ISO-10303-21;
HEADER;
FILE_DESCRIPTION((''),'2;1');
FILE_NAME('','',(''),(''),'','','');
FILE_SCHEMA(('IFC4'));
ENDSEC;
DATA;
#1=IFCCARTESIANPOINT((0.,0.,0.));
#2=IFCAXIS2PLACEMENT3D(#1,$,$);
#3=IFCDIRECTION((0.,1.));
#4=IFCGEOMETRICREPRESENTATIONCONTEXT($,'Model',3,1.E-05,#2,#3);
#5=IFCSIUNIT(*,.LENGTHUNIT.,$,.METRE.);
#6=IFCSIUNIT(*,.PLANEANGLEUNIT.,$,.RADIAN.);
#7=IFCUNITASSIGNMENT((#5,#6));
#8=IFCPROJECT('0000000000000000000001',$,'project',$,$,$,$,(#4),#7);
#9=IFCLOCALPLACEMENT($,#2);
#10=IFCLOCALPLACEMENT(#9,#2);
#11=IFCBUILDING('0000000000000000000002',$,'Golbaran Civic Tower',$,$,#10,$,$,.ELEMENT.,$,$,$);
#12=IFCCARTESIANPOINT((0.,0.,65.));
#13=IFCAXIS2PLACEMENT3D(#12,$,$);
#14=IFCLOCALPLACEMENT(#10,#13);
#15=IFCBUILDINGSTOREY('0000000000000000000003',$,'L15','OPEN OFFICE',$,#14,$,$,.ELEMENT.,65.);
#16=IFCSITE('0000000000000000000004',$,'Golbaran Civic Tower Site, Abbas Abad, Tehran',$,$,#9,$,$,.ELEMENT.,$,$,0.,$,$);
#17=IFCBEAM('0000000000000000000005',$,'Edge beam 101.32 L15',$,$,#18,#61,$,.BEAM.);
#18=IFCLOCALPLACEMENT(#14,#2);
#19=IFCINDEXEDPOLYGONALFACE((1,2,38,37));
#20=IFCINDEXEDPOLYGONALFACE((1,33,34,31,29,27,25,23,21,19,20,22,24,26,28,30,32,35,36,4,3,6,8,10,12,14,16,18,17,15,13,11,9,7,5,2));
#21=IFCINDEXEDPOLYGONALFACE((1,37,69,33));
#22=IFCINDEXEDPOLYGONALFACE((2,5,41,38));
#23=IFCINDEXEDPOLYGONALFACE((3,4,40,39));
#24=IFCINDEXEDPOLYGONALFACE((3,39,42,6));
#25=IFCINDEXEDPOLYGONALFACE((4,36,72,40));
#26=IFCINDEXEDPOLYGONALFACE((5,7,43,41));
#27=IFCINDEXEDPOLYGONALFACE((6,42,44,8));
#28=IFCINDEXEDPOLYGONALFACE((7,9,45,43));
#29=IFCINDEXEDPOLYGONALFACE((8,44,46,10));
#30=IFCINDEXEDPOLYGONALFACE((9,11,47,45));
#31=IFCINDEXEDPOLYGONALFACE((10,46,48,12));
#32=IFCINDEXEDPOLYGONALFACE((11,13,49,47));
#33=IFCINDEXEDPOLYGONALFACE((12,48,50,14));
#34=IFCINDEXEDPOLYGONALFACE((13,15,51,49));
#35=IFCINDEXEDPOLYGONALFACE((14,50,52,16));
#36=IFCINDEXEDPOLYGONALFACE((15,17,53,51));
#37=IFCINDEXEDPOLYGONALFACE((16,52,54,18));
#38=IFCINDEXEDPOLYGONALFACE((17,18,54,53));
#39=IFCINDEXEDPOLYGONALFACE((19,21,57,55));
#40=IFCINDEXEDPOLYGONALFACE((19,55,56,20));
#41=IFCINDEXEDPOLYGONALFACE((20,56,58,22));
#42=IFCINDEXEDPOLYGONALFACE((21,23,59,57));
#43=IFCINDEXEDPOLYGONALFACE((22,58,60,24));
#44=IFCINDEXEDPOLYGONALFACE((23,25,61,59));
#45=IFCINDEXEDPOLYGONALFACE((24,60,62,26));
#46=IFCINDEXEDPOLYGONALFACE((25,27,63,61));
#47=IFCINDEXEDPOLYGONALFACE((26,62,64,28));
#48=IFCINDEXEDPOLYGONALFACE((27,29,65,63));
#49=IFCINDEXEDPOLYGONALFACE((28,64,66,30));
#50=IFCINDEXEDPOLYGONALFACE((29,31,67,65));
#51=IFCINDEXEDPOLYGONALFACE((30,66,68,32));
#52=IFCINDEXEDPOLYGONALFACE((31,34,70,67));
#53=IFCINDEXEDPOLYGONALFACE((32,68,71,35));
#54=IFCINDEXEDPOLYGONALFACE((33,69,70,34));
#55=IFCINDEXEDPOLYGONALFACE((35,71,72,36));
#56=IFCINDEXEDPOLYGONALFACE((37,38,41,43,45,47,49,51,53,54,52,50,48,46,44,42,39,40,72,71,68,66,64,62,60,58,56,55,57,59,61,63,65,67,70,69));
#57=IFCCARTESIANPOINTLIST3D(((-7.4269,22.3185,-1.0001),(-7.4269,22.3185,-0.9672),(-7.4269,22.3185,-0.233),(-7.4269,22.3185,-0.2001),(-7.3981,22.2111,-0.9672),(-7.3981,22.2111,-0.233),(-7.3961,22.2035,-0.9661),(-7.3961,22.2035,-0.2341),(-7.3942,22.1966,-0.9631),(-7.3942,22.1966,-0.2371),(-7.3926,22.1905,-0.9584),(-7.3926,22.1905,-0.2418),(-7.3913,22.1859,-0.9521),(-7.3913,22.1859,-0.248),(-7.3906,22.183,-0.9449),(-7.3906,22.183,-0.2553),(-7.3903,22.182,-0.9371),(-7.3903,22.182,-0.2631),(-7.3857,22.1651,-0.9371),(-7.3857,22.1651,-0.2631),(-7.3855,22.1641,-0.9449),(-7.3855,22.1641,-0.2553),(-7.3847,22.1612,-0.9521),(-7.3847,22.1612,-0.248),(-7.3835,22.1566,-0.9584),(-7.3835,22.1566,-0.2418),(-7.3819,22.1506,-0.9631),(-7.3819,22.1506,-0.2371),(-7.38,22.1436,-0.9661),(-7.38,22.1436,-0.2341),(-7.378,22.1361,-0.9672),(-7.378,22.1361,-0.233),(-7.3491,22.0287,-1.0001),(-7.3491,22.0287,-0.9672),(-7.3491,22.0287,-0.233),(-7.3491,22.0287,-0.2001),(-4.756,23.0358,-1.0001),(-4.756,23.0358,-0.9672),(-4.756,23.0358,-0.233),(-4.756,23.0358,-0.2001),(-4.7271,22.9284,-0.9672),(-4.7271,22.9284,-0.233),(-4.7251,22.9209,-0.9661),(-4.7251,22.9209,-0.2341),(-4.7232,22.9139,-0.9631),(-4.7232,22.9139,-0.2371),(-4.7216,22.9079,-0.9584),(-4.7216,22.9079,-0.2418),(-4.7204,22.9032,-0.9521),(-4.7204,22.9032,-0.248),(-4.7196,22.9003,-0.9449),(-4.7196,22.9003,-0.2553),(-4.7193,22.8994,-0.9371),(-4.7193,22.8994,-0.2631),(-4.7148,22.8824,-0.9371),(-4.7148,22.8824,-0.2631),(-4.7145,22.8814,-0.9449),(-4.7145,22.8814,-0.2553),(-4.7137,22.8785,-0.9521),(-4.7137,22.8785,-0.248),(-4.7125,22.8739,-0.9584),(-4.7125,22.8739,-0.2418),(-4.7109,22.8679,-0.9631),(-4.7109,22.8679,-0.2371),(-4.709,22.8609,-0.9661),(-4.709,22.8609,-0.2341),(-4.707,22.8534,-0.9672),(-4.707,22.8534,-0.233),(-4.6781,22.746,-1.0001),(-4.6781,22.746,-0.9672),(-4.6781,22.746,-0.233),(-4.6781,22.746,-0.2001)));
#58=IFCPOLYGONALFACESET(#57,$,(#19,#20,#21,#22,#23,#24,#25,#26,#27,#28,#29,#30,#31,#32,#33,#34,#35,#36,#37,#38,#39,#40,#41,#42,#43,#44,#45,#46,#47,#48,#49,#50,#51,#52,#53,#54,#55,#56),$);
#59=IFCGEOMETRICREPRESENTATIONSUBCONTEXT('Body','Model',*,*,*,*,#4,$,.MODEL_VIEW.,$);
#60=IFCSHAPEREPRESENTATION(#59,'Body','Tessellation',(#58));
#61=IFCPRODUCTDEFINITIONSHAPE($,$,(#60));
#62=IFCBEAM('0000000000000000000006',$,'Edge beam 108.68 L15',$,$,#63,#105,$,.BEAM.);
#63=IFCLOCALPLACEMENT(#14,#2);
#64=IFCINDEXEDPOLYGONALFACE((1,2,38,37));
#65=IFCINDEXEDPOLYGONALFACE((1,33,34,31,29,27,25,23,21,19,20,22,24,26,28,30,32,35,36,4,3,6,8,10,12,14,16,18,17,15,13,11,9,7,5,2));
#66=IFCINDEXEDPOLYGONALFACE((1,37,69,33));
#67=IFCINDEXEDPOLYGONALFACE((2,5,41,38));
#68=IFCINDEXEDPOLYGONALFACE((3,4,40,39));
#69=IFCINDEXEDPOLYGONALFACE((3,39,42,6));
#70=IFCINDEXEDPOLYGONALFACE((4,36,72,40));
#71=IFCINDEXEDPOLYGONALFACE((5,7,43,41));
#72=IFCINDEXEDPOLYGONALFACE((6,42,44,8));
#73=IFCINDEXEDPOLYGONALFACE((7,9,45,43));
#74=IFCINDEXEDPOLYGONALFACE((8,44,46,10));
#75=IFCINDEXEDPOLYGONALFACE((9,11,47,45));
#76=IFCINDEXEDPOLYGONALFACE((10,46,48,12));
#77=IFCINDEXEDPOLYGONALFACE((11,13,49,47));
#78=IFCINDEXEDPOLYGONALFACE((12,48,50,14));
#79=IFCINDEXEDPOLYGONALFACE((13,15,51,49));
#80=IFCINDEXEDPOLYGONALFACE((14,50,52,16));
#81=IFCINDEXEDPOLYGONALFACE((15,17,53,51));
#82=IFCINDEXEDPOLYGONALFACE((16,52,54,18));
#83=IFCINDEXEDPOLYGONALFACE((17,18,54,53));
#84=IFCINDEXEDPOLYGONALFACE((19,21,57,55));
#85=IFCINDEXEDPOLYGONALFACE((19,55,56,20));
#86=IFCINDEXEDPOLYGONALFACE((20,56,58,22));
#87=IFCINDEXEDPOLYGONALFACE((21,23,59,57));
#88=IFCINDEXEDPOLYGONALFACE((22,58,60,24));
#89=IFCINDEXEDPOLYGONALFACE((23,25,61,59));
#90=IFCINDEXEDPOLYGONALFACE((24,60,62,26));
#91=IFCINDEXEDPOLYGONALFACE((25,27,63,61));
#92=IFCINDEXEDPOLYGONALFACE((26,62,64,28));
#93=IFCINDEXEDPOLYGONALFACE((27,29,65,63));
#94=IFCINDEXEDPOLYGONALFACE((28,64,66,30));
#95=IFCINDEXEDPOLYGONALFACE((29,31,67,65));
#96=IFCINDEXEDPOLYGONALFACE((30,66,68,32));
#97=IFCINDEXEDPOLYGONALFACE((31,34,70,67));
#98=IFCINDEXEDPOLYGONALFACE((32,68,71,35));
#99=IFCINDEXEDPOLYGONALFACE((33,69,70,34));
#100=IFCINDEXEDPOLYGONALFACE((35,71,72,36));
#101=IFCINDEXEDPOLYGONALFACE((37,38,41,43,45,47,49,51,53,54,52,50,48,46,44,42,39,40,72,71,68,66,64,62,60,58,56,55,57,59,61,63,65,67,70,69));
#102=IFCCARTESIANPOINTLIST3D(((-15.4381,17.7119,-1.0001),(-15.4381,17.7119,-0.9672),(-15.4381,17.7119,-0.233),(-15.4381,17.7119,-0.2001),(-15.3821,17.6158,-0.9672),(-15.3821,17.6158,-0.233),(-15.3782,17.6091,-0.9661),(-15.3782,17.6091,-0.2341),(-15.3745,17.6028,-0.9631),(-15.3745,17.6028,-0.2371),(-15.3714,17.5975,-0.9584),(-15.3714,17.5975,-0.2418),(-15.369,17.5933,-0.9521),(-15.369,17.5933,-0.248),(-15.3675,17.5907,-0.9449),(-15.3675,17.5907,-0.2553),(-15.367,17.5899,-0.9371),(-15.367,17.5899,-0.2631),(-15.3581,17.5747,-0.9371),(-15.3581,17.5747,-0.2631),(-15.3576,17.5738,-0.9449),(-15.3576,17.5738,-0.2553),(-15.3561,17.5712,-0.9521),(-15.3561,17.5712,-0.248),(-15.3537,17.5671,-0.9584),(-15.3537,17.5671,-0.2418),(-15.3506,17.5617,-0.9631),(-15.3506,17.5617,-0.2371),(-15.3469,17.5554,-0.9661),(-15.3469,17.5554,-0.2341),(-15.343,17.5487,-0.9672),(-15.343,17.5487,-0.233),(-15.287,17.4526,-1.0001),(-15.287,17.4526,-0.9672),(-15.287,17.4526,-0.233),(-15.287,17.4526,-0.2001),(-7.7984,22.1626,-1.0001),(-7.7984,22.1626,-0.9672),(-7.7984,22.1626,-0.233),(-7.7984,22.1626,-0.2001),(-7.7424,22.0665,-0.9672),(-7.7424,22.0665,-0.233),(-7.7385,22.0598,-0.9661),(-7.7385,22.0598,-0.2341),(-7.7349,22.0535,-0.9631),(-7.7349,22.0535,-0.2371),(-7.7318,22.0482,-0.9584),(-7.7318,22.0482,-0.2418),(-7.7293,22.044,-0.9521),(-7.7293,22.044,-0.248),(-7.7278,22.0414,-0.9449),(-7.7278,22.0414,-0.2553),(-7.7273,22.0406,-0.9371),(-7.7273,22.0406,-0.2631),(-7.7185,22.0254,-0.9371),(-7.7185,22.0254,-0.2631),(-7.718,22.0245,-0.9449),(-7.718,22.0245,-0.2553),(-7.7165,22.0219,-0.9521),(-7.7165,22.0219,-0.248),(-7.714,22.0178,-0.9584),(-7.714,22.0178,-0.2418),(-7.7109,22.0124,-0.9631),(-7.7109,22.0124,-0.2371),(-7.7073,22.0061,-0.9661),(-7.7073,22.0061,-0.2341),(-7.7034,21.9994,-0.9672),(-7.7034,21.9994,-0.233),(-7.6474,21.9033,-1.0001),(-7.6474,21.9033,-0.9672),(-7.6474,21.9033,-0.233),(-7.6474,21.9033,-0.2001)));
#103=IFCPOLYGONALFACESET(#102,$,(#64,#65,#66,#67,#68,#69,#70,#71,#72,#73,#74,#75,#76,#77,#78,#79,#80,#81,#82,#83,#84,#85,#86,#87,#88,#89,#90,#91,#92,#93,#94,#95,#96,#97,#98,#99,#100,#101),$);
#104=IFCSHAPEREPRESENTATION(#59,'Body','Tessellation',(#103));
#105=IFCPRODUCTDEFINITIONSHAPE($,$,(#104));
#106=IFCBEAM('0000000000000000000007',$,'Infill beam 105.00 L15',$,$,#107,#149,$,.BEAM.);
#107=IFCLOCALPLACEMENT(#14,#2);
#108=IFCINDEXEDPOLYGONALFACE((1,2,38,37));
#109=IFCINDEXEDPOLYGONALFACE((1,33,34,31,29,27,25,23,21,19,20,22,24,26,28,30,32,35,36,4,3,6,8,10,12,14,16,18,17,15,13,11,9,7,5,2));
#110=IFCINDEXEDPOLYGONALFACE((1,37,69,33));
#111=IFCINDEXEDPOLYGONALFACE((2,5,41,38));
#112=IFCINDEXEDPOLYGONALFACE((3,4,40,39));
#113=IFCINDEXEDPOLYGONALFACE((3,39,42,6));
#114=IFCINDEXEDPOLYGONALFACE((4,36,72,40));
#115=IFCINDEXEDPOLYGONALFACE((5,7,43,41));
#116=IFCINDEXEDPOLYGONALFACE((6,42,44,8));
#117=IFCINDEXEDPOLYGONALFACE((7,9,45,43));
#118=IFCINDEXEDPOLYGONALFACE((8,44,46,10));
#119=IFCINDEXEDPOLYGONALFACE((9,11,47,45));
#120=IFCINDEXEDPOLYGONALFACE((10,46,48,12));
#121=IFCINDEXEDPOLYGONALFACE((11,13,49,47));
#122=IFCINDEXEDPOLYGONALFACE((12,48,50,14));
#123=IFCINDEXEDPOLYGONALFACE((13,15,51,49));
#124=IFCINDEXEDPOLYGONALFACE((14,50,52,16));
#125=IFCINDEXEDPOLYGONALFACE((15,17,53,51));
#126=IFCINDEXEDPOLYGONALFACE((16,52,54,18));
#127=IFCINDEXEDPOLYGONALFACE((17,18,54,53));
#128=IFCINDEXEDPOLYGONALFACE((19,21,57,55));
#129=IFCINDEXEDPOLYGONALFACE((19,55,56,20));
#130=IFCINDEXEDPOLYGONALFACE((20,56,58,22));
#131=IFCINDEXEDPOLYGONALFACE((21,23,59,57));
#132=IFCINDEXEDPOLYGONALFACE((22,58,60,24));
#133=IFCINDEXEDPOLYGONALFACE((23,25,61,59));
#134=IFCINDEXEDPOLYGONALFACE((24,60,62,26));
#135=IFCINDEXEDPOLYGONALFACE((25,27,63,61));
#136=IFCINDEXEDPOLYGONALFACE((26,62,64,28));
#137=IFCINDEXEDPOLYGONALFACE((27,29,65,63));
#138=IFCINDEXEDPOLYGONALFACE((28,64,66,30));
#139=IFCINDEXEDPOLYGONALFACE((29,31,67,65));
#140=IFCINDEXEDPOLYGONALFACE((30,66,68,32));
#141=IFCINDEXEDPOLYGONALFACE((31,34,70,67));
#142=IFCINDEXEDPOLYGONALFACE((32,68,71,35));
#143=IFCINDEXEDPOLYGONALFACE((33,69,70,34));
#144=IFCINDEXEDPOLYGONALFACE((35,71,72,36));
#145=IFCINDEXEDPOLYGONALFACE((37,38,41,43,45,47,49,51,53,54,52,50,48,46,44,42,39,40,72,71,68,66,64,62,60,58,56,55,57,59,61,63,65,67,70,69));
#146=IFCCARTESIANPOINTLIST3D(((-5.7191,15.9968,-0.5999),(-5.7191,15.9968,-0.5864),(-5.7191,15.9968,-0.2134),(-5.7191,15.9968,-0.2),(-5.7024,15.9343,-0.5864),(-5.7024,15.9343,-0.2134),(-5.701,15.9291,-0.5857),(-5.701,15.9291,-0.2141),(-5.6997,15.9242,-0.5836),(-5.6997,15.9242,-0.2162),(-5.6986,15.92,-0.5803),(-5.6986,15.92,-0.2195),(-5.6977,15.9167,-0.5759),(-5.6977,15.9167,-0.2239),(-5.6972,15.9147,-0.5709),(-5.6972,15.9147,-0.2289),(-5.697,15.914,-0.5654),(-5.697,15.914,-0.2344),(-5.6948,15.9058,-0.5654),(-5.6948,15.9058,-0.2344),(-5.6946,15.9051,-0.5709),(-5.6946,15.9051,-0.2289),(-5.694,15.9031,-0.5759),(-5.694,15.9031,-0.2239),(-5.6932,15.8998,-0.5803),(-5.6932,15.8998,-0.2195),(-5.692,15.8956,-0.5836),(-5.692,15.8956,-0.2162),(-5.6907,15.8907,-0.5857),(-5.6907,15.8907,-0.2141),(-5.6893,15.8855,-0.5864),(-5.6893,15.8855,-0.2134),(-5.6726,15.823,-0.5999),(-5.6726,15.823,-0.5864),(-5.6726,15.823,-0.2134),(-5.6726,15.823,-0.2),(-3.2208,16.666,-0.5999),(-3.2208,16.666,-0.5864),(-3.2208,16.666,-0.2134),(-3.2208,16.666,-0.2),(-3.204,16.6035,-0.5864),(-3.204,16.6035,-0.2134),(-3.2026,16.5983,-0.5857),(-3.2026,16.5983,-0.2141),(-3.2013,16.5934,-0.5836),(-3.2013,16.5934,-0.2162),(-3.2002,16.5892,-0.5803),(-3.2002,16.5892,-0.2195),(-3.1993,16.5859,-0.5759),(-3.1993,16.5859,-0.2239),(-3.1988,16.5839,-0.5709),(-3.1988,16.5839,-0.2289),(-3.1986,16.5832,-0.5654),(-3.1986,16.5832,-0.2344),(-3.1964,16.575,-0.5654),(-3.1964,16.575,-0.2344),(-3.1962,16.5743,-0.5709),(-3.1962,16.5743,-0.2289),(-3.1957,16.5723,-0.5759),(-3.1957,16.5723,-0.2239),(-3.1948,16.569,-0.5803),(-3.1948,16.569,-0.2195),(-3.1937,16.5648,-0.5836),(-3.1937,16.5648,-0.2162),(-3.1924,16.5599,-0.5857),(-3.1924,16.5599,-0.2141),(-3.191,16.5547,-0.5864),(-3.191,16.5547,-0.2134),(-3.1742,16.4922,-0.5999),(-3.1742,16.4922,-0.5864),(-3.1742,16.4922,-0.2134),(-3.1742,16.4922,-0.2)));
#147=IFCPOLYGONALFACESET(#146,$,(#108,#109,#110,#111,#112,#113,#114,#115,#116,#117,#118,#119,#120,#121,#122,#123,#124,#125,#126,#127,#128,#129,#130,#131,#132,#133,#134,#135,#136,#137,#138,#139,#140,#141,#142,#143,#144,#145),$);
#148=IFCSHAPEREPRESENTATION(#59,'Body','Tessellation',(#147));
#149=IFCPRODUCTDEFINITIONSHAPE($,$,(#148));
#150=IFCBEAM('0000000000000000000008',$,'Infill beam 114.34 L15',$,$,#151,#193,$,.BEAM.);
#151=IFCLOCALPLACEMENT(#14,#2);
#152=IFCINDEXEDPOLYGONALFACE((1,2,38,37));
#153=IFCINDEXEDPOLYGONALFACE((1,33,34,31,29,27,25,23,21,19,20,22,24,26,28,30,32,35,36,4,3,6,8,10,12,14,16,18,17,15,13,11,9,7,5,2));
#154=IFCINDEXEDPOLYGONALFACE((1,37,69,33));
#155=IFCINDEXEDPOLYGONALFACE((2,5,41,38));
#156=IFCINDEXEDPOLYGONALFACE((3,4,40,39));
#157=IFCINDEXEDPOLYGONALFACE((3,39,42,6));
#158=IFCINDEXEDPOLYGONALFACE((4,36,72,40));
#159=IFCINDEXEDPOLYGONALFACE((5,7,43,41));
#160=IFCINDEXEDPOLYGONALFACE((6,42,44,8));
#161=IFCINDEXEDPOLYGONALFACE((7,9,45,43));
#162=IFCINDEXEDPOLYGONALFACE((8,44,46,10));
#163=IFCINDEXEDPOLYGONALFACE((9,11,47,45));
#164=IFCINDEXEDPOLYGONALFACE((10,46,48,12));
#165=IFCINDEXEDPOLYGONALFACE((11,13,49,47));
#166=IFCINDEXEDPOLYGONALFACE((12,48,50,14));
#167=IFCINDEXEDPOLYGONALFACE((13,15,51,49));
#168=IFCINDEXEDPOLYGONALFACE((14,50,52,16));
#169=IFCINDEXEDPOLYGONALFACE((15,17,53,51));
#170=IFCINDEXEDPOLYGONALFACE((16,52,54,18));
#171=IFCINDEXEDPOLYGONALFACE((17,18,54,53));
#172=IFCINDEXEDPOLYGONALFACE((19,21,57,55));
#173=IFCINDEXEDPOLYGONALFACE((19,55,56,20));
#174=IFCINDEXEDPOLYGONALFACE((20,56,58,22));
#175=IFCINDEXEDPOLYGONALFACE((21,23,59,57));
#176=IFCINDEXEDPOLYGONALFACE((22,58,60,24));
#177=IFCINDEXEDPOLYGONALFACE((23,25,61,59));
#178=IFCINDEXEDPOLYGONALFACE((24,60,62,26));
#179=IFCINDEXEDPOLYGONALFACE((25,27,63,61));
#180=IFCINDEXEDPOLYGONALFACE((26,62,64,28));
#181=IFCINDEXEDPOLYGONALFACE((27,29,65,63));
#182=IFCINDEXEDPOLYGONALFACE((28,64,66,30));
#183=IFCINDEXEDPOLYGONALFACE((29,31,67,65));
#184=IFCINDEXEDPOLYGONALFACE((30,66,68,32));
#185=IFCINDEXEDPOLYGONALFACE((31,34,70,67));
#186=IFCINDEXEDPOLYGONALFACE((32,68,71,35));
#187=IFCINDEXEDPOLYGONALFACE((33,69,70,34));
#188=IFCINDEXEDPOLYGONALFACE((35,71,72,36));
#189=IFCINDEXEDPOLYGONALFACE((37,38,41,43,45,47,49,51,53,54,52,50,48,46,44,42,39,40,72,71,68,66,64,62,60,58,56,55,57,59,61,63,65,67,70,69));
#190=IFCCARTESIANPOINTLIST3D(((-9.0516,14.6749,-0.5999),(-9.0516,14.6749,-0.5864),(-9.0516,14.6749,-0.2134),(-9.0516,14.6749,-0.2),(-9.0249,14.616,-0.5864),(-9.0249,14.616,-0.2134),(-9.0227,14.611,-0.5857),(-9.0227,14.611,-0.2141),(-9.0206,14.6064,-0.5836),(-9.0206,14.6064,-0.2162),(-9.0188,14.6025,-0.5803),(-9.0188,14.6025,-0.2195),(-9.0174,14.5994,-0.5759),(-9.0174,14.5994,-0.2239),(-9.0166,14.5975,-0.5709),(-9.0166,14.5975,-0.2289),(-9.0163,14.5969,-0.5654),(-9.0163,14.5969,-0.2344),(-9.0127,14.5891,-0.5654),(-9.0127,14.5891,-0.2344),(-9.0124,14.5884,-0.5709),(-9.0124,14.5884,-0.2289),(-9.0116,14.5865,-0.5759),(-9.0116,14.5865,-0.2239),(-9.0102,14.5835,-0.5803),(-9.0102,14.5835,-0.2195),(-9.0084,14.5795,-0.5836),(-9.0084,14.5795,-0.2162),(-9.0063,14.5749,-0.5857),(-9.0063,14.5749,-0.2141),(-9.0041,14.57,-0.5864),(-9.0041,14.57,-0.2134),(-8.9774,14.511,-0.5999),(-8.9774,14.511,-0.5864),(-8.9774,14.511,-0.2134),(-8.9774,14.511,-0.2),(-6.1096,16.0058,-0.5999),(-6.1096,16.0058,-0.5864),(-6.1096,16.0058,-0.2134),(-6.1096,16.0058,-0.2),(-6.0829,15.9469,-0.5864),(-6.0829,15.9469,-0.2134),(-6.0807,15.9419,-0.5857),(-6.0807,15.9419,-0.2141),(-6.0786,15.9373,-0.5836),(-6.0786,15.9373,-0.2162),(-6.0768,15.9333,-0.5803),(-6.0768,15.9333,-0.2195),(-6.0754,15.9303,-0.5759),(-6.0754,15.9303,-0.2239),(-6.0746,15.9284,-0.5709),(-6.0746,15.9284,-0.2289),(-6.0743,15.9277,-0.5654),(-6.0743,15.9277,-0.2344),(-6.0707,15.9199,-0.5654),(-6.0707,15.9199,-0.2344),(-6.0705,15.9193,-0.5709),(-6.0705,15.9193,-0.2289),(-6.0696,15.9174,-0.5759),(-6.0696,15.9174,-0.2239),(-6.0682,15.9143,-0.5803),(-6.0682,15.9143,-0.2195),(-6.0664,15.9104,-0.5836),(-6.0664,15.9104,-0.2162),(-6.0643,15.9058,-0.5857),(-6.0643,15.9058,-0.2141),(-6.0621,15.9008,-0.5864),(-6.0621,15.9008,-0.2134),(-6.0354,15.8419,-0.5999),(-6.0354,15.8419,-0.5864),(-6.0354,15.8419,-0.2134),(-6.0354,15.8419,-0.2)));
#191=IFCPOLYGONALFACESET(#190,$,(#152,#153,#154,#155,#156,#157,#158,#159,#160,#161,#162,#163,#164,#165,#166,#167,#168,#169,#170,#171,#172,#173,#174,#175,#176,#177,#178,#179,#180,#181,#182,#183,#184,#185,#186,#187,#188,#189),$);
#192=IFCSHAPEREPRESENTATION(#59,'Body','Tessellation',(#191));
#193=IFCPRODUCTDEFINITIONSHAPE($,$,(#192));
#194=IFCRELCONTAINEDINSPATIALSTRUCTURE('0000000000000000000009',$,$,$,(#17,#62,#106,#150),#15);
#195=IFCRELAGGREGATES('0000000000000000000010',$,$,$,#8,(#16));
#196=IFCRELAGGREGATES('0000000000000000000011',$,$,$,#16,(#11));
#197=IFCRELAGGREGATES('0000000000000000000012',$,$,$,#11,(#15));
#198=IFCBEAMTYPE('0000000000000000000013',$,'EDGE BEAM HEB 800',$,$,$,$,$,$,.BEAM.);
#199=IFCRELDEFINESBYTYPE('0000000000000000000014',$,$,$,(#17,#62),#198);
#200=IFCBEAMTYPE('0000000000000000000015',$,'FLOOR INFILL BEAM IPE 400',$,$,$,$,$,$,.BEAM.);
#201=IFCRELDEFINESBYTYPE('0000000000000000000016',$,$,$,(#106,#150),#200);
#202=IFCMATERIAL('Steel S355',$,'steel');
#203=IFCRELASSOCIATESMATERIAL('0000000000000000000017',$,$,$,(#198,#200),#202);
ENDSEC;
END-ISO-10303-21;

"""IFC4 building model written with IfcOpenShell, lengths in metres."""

from ifc_helpers import new_model, si_unit, direction, frame, origin, origin_2d, place, context, subcontext, project, spatial, i_section, extrude, material, material_profile, profile_set, type_object, element, save


model = new_model("IFC4")

# Units and contexts
model_context = context("Model", 3, precision=1e-05, world=origin(), true_north=direction((0.0, 1.0)))
body_context = subcontext(model_context, "Body", "Model", "MODEL_VIEW")
ifc_project = project(units=[si_unit("LENGTHUNIT", "METRE"), si_unit("PLANEANGLEUNIT", "RADIAN")], contexts=[model_context])

# Site, building, storey
site_placement = place(None, origin())
site = spatial("IfcSite", under=ifc_project, at=site_placement, Name="Golbaran Civic Tower Site, Abbas Abad, Tehran", CompositionType="ELEMENT", RefElevation=0.0)
building_placement = place(site_placement, origin())
building = spatial("IfcBuilding", under=site, at=building_placement, Name="Golbaran Civic Tower", CompositionType="ELEMENT")
storey_placement = place(building_placement, frame((0.0, 0.0, 65.0)))
storey = spatial("IfcBuildingStorey", under=building, at=storey_placement, Name="L15", Description="OPEN OFFICE", CompositionType="ELEMENT", Elevation=65.0)

# Beams
ifc_material_1 = material(Name="Steel S355", Category="steel")
ifc_material_profile_1 = material_profile(ifc_material_1, i_section(OverallWidth=0.3, OverallDepth=0.8, WebThickness=0.0176, FlangeThickness=0.033, FilletRadius=0.03, at=origin_2d()), Name="HEB 800")
ifc_profile_set_1 = profile_set([ifc_material_profile_1], Name="Steel S355")
beam_type_1 = type_object("IfcBeamType", Name="EDGE BEAM HEB 800", PredefinedType="BEAM", material=ifc_profile_set_1)
beam_1_placement = place(storey_placement, frame((-4.717, 22.8909, -0.6001), z_axis=(-0.965779, -0.259366, 0.0), x_axis=(0.259366, -0.965779, 0.0)))
element("IfcBeam", 1, at=beam_1_placement, inside=storey, type_object=beam_type_1, Name="Edge beam 101.32 L15", PredefinedType="BEAM", context=body_context, shape_type="SweptSolid", body=[
    extrude(i_section(OverallWidth=0.3, OverallDepth=0.8, WebThickness=0.0176, FlangeThickness=0.033, FilletRadius=0.03, at=origin_2d()), origin(), (0.0, 0.0, 1.0), 2.7656),
])
beam_2_placement = place(storey_placement, frame((-7.7229, 22.033, -0.6001), z_axis=(-0.864063, -0.503383, 0.0), x_axis=(0.503383, -0.864063, 0.0)))
element("IfcBeam", 2, at=beam_2_placement, inside=storey, type_object=beam_type_1, Name="Edge beam 108.68 L15", PredefinedType="BEAM", context=body_context, shape_type="SweptSolid", body=[
    extrude(i_section(OverallWidth=0.3, OverallDepth=0.8, WebThickness=0.0176, FlangeThickness=0.033, FilletRadius=0.03, at=origin_2d()), origin(), (0.0, 0.0, 1.0), 8.8416),
])
ifc_material_profile_2 = material_profile(ifc_material_1, i_section(OverallWidth=0.1799, OverallDepth=0.3999, WebThickness=0.0085, FlangeThickness=0.0134, FilletRadius=0.021, at=origin_2d()), Name="IPE 400")
ifc_profile_set_2 = profile_set([ifc_material_profile_2], Name="Steel S355")
beam_type_2 = type_object("IfcBeamType", Name="FLOOR INFILL BEAM IPE 400", PredefinedType="BEAM", material=ifc_profile_set_2)
beam_3_placement = place(storey_placement, frame((-3.1975, 16.5791, -0.3999), z_axis=(-0.965948, -0.258738, 0.0), x_axis=(0.258738, -0.965948, 0.0)))
element("IfcBeam", 3, at=beam_3_placement, inside=storey, type_object=beam_type_2, Name="Infill beam 105.00 L15", PredefinedType="BEAM", context=body_context, shape_type="SweptSolid", body=[
    extrude(i_section(OverallWidth=0.1799, OverallDepth=0.3999, WebThickness=0.0085, FlangeThickness=0.0134, FilletRadius=0.021, at=origin_2d()), origin(), (0.0, 0.0, 1.0), 2.5864),
])
beam_4_placement = place(storey_placement, frame((-6.0725, 15.9238, -0.3999), z_axis=(-0.911113, -0.412156, 0.0), x_axis=(0.412156, -0.911113, 0.0)))
element("IfcBeam", 4, at=beam_4_placement, inside=storey, type_object=beam_type_2, Name="Infill beam 114.34 L15", PredefinedType="BEAM", context=body_context, shape_type="SweptSolid", body=[
    extrude(i_section(OverallWidth=0.1799, OverallDepth=0.3999, WebThickness=0.0085, FlangeThickness=0.0134, FilletRadius=0.021, at=origin_2d()), origin(), (0.0, 0.0, 1.0), 3.229),
])

save(model, "model.ifc")
